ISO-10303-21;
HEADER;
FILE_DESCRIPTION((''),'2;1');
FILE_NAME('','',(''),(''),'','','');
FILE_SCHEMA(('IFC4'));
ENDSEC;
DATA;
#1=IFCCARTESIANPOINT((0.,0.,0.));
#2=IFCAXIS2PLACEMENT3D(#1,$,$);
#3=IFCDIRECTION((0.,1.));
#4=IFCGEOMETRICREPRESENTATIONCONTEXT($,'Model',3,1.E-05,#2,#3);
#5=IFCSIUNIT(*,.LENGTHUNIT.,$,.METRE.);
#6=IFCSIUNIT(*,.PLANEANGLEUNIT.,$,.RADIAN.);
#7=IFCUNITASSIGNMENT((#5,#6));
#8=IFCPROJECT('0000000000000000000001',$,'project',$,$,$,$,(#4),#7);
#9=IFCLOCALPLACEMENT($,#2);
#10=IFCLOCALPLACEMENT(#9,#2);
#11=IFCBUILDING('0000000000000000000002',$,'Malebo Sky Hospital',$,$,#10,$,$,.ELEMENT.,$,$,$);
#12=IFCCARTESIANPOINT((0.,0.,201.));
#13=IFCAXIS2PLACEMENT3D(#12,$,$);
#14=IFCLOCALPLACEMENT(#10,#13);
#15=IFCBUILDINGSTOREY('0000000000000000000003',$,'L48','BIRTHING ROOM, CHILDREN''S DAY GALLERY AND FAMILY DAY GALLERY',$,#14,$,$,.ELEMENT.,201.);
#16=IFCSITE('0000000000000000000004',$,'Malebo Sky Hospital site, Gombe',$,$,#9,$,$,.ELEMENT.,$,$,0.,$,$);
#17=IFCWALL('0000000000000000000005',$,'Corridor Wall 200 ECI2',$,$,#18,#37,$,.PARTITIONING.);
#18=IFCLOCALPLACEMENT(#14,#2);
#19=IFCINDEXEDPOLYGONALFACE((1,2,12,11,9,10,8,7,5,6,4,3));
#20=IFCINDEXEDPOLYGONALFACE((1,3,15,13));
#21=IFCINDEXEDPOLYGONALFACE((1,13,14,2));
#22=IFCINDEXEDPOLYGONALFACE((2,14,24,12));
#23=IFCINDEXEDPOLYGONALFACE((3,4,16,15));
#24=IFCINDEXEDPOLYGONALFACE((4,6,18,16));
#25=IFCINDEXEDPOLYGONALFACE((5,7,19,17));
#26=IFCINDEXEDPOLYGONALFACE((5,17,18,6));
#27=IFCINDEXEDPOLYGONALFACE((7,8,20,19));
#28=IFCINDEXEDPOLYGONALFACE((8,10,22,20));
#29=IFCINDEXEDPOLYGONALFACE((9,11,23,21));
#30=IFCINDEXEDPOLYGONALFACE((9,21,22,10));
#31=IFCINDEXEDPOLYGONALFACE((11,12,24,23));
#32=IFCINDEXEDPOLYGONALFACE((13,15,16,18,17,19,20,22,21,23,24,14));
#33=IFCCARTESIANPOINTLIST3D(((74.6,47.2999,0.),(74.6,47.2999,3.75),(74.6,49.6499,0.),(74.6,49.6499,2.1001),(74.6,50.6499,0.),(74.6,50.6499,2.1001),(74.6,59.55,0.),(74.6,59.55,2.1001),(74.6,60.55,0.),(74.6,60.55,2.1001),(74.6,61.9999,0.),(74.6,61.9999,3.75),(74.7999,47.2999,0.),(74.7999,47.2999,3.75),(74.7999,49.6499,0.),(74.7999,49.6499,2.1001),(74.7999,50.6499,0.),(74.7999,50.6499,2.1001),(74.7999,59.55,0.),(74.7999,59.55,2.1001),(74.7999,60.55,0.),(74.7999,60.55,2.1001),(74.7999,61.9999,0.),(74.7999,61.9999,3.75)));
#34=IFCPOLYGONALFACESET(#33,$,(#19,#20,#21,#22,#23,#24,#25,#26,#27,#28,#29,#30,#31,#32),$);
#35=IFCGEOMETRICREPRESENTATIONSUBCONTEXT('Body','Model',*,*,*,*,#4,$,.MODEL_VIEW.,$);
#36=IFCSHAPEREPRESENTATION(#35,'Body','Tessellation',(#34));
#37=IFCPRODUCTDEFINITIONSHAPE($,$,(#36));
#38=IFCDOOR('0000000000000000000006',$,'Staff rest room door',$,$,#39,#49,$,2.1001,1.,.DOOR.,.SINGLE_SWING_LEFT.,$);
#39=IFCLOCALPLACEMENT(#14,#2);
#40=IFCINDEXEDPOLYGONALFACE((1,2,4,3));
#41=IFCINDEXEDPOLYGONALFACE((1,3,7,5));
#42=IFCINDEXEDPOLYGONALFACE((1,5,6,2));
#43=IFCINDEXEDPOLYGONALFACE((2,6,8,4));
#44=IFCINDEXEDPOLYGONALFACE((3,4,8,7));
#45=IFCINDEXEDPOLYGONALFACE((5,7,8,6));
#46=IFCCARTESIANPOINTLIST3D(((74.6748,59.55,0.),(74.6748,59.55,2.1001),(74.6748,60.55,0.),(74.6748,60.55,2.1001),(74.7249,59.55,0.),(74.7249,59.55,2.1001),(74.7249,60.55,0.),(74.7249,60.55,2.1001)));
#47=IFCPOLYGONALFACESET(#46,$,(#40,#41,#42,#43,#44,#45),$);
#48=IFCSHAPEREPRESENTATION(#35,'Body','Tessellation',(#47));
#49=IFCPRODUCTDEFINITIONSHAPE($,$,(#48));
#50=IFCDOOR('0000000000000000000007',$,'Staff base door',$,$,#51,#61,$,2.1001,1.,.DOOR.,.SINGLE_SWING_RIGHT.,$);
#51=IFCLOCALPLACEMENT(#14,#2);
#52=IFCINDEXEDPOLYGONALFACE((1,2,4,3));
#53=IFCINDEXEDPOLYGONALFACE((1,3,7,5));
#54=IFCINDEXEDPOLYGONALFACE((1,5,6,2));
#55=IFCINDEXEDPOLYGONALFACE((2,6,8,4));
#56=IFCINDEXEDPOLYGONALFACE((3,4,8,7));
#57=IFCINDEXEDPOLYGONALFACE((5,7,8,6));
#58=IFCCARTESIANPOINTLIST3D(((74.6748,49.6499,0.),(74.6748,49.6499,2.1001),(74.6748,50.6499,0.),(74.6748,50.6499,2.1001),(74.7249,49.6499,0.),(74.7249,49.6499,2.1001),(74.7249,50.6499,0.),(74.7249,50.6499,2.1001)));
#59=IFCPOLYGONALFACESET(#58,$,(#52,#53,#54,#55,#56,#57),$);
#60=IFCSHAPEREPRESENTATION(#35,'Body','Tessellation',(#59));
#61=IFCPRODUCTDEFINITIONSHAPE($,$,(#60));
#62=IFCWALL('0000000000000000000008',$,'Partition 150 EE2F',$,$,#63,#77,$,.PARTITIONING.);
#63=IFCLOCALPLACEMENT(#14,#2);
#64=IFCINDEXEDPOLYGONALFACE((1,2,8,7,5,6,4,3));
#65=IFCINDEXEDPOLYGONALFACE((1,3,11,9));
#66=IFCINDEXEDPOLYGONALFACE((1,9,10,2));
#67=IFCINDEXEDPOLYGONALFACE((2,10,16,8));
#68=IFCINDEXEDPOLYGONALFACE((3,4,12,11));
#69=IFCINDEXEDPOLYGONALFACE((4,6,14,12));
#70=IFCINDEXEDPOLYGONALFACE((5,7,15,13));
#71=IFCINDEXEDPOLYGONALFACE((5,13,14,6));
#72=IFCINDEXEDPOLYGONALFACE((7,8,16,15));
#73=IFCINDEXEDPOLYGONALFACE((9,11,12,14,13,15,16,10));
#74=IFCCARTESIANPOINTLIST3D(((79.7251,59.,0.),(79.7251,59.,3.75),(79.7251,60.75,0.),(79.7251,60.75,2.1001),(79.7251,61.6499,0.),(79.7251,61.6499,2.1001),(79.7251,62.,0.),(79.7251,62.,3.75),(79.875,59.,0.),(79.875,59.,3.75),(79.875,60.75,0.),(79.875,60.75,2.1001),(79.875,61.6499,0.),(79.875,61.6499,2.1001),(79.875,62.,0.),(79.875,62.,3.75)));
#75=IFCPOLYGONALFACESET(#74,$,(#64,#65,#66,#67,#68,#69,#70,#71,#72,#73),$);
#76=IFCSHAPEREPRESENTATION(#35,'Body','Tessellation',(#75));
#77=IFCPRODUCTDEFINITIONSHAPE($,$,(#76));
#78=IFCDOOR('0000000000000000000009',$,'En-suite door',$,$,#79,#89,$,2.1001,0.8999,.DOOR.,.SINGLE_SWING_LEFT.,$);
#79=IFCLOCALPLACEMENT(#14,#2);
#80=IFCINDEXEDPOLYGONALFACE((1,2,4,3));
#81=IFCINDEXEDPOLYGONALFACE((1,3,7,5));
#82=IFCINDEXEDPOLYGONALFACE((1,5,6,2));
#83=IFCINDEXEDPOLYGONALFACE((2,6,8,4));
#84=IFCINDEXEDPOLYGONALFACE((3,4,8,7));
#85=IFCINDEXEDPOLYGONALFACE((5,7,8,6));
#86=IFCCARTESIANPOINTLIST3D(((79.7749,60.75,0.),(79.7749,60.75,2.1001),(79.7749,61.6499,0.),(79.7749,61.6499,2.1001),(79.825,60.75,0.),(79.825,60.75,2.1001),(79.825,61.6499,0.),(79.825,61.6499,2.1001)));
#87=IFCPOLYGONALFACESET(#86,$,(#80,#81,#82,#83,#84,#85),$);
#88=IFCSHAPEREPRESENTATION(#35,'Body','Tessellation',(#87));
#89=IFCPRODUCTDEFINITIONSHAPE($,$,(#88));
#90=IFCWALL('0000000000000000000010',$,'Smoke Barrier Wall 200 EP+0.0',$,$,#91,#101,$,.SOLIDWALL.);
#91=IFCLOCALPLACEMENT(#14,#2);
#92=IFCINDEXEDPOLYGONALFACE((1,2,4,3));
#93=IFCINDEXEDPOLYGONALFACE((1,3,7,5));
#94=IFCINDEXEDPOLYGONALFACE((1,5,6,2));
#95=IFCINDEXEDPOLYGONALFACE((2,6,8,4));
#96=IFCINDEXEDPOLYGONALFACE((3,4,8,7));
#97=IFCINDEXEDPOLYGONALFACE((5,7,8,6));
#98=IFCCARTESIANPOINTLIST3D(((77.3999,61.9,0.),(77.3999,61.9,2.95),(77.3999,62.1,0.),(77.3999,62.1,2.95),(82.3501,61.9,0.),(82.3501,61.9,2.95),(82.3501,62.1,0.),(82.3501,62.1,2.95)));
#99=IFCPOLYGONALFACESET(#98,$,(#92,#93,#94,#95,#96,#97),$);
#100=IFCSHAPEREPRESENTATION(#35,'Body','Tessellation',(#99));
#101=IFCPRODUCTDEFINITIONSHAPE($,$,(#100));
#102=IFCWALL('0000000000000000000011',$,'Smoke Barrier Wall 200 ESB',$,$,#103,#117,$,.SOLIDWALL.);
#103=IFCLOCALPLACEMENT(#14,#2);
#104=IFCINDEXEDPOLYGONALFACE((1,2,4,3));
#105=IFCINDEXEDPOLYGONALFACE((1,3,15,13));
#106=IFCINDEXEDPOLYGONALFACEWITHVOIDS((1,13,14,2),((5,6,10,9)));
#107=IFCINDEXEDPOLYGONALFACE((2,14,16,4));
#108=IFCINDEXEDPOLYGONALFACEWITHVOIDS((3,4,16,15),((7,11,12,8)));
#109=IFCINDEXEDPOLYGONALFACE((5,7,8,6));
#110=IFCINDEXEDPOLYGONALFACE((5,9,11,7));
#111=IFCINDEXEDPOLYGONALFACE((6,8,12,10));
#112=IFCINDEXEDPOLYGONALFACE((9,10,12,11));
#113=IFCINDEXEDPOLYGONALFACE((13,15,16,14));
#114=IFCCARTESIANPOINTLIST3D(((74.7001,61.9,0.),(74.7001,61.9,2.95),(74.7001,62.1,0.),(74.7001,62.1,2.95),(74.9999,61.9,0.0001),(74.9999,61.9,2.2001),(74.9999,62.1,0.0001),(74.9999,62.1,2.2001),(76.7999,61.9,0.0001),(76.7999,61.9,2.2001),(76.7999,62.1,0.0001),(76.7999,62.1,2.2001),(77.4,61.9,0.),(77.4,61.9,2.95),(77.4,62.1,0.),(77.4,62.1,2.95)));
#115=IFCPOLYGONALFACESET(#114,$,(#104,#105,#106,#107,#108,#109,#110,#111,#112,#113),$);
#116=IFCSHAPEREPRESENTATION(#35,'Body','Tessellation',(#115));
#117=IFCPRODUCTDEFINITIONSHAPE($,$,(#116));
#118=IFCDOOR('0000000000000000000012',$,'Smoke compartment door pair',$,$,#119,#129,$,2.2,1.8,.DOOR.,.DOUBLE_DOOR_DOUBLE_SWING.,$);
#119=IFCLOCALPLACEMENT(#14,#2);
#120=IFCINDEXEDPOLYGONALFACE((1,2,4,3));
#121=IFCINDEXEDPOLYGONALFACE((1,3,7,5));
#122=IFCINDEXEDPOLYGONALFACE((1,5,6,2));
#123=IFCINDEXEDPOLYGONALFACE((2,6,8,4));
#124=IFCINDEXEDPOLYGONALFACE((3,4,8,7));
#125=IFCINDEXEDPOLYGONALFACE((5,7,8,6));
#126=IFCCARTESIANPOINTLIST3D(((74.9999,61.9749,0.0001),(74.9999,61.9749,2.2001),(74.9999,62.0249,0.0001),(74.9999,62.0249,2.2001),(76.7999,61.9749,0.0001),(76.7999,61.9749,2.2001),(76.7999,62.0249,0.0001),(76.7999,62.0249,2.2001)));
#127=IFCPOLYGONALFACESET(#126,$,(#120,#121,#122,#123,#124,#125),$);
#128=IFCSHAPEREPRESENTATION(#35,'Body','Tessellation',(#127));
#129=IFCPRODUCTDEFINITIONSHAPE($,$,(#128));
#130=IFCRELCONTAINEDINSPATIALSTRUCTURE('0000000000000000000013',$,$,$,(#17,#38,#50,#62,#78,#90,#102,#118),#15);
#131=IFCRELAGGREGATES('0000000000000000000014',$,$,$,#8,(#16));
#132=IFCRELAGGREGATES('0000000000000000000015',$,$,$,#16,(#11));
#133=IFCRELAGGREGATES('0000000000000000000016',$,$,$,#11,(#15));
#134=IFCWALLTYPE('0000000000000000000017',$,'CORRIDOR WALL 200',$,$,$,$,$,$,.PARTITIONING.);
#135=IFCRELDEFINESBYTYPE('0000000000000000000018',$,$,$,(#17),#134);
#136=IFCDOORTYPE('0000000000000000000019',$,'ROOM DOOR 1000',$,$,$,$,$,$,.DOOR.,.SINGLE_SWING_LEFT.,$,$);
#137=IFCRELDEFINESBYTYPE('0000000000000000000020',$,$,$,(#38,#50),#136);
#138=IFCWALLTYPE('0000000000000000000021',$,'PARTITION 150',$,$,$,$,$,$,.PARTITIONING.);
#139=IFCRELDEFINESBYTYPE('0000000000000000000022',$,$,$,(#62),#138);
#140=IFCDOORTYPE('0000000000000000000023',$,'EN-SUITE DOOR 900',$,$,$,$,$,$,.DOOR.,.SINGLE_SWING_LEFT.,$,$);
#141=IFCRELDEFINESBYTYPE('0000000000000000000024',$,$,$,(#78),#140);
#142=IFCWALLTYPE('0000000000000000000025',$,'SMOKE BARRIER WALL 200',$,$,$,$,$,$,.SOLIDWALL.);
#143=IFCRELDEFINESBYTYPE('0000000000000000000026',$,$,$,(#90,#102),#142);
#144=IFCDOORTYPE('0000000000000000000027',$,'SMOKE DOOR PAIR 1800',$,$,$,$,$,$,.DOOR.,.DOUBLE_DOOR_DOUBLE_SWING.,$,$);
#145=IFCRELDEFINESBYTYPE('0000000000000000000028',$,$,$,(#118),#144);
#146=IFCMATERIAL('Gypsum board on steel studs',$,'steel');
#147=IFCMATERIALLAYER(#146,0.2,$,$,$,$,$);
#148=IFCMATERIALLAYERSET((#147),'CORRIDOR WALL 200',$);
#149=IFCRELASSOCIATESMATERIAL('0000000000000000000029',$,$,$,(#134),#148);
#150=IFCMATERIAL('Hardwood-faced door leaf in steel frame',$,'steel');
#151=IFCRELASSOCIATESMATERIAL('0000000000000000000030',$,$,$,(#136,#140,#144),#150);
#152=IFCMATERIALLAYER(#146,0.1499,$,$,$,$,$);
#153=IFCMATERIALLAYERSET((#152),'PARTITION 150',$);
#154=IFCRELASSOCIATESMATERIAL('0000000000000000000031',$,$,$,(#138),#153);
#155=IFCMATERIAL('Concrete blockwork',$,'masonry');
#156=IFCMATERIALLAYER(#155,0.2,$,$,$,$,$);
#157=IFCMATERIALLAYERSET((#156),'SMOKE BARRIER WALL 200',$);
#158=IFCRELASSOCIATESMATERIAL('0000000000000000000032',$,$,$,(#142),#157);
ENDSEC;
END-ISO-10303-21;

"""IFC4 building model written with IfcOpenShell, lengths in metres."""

from ifc_helpers import new_model, si_unit, direction, frame, frame_2d, origin, place, context, subcontext, project, spatial, rectangle, extrude, material, layer, layer_set, type_object, element, fill, save


model = new_model("IFC4")

# Units and contexts
model_context = context("Model", 3, precision=1e-05, world=origin(), true_north=direction((0.0, 1.0)))
body_context = subcontext(model_context, "Body", "Model", "MODEL_VIEW")
ifc_project = project(units=[si_unit("LENGTHUNIT", "METRE"), si_unit("PLANEANGLEUNIT", "RADIAN")], contexts=[model_context])

# Site, building, storey
site_placement = place(None, origin())
site = spatial("IfcSite", under=ifc_project, at=site_placement, Name="Malebo Sky Hospital site, Gombe", CompositionType="ELEMENT", RefElevation=0.0)
building_placement = place(site_placement, origin())
building = spatial("IfcBuilding", under=site, at=building_placement, Name="Malebo Sky Hospital", CompositionType="ELEMENT")
storey_placement = place(building_placement, frame((0.0, 0.0, 201.0)))
storey = spatial("IfcBuildingStorey", under=building, at=storey_placement, Name="L48", Description="BIRTHING ROOM, CHILDREN'S DAY GALLERY AND FAMILY DAY GALLERY", CompositionType="ELEMENT", Elevation=201.0)

# Wall, openings, doors
ifc_material_1 = material(Name="Gypsum board on steel studs", Category="steel")
ifc_layer_1 = layer(ifc_material_1, 0.2)
ifc_layer_set_1 = layer_set([ifc_layer_1], Name="CORRIDOR WALL 200")
wall_type_1 = type_object("IfcWallType", Name="CORRIDOR WALL 200", PredefinedType="PARTITIONING", material=ifc_layer_set_1)
wall_1_placement = place(storey_placement, frame((74.7, 62.0, 0.0), z_axis=(0.0, 0.0, 1.0), x_axis=(0.0, -1.0, 0.0)))
wall_1 = element("IfcWall", 1, at=wall_1_placement, inside=storey, type_object=wall_type_1, Name="Corridor Wall 200 ECI2", PredefinedType="PARTITIONING", context=body_context, shape_type="SweptSolid", body=[
    extrude(rectangle(XDim=14.7, YDim=0.2, at=frame_2d((7.3501, 0.0))), origin(), (0.0, 0.0, 1.0), 3.75),
])
opening_1_placement = place(wall_1_placement, frame((1.45, 0.0, 0.0)))
opening_1 = element("IfcOpeningElement", 2, at=opening_1_placement, cuts=wall_1, PredefinedType="OPENING", context=body_context, shape_type="SweptSolid", body=[
    extrude(rectangle(XDim=1.0, YDim=2.1001, at=frame_2d((0.5, 1.05))), frame((0.0, 0.1099, 0.0), z_axis=(0.0, -1.0, 0.0), x_axis=(1.0, 0.0, 0.0)), (0.0, 0.0, 1.0), 0.22),
])
opening_2_placement = place(wall_1_placement, frame((11.3501, 0.0, 0.0)))
opening_2 = element("IfcOpeningElement", 3, at=opening_2_placement, cuts=wall_1, PredefinedType="OPENING", context=body_context, shape_type="SweptSolid", body=[
    extrude(rectangle(XDim=1.0, YDim=2.1001, at=frame_2d((0.5, 1.05))), frame((0.0, 0.1099, 0.0), z_axis=(0.0, -1.0, 0.0), x_axis=(1.0, 0.0, 0.0)), (0.0, 0.0, 1.0), 0.22),
])
ifc_material_2 = material(Name="Hardwood-faced door leaf in steel frame", Category="steel")
door_type_1 = type_object("IfcDoorType", Name="ROOM DOOR 1000", OperationType="SINGLE_SWING_LEFT", PredefinedType="DOOR", material=ifc_material_2)
door_1_placement = place(opening_1_placement, origin())
door_1 = element("IfcDoor", 4, at=door_1_placement, inside=storey, type_object=door_type_1, Name="Staff rest room door", OperationType="SINGLE_SWING_LEFT", OverallHeight=2.1001, OverallWidth=1.0, PredefinedType="DOOR", context=body_context, shape_type="SweptSolid", body=[
    extrude(rectangle(XDim=1.0, YDim=2.1001, at=frame_2d((0.5, 1.05))), frame((0.0, 0.0249, 0.0), z_axis=(0.0, -1.0, 0.0), x_axis=(1.0, 0.0, 0.0)), (0.0, 0.0, 1.0), 0.05),
])
fill(opening_1, door_1)
door_2_placement = place(opening_2_placement, origin())
door_2 = element("IfcDoor", 5, at=door_2_placement, inside=storey, type_object=door_type_1, Name="Staff base door", OperationType="SINGLE_SWING_RIGHT", OverallHeight=2.1001, OverallWidth=1.0, PredefinedType="DOOR", context=body_context, shape_type="SweptSolid", body=[
    extrude(rectangle(XDim=1.0, YDim=2.1001, at=frame_2d((0.5, 1.05))), frame((0.0, 0.0249, 0.0), z_axis=(0.0, -1.0, 0.0), x_axis=(1.0, 0.0, 0.0)), (0.0, 0.0, 1.0), 0.05),
])
fill(opening_2, door_2)

# Wall, opening, door
ifc_layer_2 = layer(ifc_material_1, 0.1499)
ifc_layer_set_2 = layer_set([ifc_layer_2], Name="PARTITION 150")
wall_type_2 = type_object("IfcWallType", Name="PARTITION 150", PredefinedType="PARTITIONING", material=ifc_layer_set_2)
wall_2_placement = place(storey_placement, frame((79.8, 62.0, 0.0), z_axis=(0.0, 0.0, 1.0), x_axis=(0.0, -1.0, 0.0)))
wall_2 = element("IfcWall", 6, at=wall_2_placement, inside=storey, type_object=wall_type_2, Name="Partition 150 EE2F", PredefinedType="PARTITIONING", context=body_context, shape_type="SweptSolid", body=[
    extrude(rectangle(XDim=3.0, YDim=0.1499, at=frame_2d((1.5, 0.0))), origin(), (0.0, 0.0, 1.0), 3.75),
])
opening_3_placement = place(wall_2_placement, frame((0.3501, 0.0, 0.0)))
opening_3 = element("IfcOpeningElement", 7, at=opening_3_placement, cuts=wall_2, PredefinedType="OPENING", context=body_context, shape_type="SweptSolid", body=[
    extrude(rectangle(XDim=0.8999, YDim=2.1001, at=frame_2d((0.45, 1.05))), frame((0.0, 0.085, 0.0), z_axis=(0.0, -1.0, 0.0), x_axis=(1.0, 0.0, 0.0)), (0.0, 0.0, 1.0), 0.1699),
])
door_type_2 = type_object("IfcDoorType", Name="EN-SUITE DOOR 900", OperationType="SINGLE_SWING_LEFT", PredefinedType="DOOR", material=ifc_material_2)
door_3_placement = place(opening_3_placement, origin())
door_3 = element("IfcDoor", 8, at=door_3_placement, inside=storey, type_object=door_type_2, Name="En-suite door", OperationType="SINGLE_SWING_LEFT", OverallHeight=2.1001, OverallWidth=0.8999, PredefinedType="DOOR", context=body_context, shape_type="SweptSolid", body=[
    extrude(rectangle(XDim=0.8999, YDim=2.1001, at=frame_2d((0.45, 1.05))), frame((0.0, 0.0249, 0.0), z_axis=(0.0, -1.0, 0.0), x_axis=(1.0, 0.0, 0.0)), (0.0, 0.0, 1.0), 0.05),
])
fill(opening_3, door_3)

# Wall
ifc_material_3 = material(Name="Concrete blockwork", Category="masonry")
ifc_layer_3 = layer(ifc_material_3, 0.2)
ifc_layer_set_3 = layer_set([ifc_layer_3], Name="SMOKE BARRIER WALL 200")
wall_type_3 = type_object("IfcWallType", Name="SMOKE BARRIER WALL 200", PredefinedType="SOLIDWALL", material=ifc_layer_set_3)
wall_3_placement = place(storey_placement, frame((77.3999, 62.0, 0.0), z_axis=(0.0, 0.0, 1.0), x_axis=(1.0, 0.0, 0.0)))
element("IfcWall", 9, at=wall_3_placement, inside=storey, type_object=wall_type_3, Name="Smoke Barrier Wall 200 EP+0.0", PredefinedType="SOLIDWALL", context=body_context, shape_type="SweptSolid", body=[
    extrude(rectangle(XDim=4.9502, YDim=0.2, at=frame_2d((2.4751, 0.0))), origin(), (0.0, 0.0, 1.0), 2.95),
])

# Wall, opening, door
wall_4_placement = place(storey_placement, frame((74.7, 62.0, 0.0), z_axis=(0.0, 0.0, 1.0), x_axis=(1.0, 0.0, 0.0)))
wall_4 = element("IfcWall", 10, at=wall_4_placement, inside=storey, type_object=wall_type_3, Name="Smoke Barrier Wall 200 ESB", PredefinedType="SOLIDWALL", context=body_context, shape_type="SweptSolid", body=[
    extrude(rectangle(XDim=2.7, YDim=0.2, at=frame_2d((1.3501, 0.0))), origin(), (0.0, 0.0, 1.0), 2.95),
])
opening_4_placement = place(wall_4_placement, frame((0.3, 0.0, 0.0)))
opening_4 = element("IfcOpeningElement", 11, at=opening_4_placement, cuts=wall_4, PredefinedType="OPENING", context=body_context, shape_type="SweptSolid", body=[
    extrude(rectangle(XDim=1.8, YDim=2.2, at=frame_2d((0.8999, 1.1001))), frame((0.0, 0.1099, 0.0), z_axis=(0.0, -1.0, 0.0), x_axis=(1.0, 0.0, 0.0)), (0.0, 0.0, 1.0), 0.22),
])
door_type_3 = type_object("IfcDoorType", Name="SMOKE DOOR PAIR 1800", OperationType="DOUBLE_DOOR_DOUBLE_SWING", PredefinedType="DOOR", material=ifc_material_2)
door_4_placement = place(opening_4_placement, origin())
door_4 = element("IfcDoor", 12, at=door_4_placement, inside=storey, type_object=door_type_3, Name="Smoke compartment door pair", OperationType="DOUBLE_DOOR_DOUBLE_SWING", OverallHeight=2.2, OverallWidth=1.8, PredefinedType="DOOR", context=body_context, shape_type="SweptSolid", body=[
    extrude(rectangle(XDim=1.8, YDim=2.2, at=frame_2d((0.8999, 1.1001))), frame((0.0, 0.0249, 0.0), z_axis=(0.0, -1.0, 0.0), x_axis=(1.0, 0.0, 0.0)), (0.0, 0.0, 1.0), 0.05),
])
fill(opening_4, door_4)

save(model, "model.ifc")
